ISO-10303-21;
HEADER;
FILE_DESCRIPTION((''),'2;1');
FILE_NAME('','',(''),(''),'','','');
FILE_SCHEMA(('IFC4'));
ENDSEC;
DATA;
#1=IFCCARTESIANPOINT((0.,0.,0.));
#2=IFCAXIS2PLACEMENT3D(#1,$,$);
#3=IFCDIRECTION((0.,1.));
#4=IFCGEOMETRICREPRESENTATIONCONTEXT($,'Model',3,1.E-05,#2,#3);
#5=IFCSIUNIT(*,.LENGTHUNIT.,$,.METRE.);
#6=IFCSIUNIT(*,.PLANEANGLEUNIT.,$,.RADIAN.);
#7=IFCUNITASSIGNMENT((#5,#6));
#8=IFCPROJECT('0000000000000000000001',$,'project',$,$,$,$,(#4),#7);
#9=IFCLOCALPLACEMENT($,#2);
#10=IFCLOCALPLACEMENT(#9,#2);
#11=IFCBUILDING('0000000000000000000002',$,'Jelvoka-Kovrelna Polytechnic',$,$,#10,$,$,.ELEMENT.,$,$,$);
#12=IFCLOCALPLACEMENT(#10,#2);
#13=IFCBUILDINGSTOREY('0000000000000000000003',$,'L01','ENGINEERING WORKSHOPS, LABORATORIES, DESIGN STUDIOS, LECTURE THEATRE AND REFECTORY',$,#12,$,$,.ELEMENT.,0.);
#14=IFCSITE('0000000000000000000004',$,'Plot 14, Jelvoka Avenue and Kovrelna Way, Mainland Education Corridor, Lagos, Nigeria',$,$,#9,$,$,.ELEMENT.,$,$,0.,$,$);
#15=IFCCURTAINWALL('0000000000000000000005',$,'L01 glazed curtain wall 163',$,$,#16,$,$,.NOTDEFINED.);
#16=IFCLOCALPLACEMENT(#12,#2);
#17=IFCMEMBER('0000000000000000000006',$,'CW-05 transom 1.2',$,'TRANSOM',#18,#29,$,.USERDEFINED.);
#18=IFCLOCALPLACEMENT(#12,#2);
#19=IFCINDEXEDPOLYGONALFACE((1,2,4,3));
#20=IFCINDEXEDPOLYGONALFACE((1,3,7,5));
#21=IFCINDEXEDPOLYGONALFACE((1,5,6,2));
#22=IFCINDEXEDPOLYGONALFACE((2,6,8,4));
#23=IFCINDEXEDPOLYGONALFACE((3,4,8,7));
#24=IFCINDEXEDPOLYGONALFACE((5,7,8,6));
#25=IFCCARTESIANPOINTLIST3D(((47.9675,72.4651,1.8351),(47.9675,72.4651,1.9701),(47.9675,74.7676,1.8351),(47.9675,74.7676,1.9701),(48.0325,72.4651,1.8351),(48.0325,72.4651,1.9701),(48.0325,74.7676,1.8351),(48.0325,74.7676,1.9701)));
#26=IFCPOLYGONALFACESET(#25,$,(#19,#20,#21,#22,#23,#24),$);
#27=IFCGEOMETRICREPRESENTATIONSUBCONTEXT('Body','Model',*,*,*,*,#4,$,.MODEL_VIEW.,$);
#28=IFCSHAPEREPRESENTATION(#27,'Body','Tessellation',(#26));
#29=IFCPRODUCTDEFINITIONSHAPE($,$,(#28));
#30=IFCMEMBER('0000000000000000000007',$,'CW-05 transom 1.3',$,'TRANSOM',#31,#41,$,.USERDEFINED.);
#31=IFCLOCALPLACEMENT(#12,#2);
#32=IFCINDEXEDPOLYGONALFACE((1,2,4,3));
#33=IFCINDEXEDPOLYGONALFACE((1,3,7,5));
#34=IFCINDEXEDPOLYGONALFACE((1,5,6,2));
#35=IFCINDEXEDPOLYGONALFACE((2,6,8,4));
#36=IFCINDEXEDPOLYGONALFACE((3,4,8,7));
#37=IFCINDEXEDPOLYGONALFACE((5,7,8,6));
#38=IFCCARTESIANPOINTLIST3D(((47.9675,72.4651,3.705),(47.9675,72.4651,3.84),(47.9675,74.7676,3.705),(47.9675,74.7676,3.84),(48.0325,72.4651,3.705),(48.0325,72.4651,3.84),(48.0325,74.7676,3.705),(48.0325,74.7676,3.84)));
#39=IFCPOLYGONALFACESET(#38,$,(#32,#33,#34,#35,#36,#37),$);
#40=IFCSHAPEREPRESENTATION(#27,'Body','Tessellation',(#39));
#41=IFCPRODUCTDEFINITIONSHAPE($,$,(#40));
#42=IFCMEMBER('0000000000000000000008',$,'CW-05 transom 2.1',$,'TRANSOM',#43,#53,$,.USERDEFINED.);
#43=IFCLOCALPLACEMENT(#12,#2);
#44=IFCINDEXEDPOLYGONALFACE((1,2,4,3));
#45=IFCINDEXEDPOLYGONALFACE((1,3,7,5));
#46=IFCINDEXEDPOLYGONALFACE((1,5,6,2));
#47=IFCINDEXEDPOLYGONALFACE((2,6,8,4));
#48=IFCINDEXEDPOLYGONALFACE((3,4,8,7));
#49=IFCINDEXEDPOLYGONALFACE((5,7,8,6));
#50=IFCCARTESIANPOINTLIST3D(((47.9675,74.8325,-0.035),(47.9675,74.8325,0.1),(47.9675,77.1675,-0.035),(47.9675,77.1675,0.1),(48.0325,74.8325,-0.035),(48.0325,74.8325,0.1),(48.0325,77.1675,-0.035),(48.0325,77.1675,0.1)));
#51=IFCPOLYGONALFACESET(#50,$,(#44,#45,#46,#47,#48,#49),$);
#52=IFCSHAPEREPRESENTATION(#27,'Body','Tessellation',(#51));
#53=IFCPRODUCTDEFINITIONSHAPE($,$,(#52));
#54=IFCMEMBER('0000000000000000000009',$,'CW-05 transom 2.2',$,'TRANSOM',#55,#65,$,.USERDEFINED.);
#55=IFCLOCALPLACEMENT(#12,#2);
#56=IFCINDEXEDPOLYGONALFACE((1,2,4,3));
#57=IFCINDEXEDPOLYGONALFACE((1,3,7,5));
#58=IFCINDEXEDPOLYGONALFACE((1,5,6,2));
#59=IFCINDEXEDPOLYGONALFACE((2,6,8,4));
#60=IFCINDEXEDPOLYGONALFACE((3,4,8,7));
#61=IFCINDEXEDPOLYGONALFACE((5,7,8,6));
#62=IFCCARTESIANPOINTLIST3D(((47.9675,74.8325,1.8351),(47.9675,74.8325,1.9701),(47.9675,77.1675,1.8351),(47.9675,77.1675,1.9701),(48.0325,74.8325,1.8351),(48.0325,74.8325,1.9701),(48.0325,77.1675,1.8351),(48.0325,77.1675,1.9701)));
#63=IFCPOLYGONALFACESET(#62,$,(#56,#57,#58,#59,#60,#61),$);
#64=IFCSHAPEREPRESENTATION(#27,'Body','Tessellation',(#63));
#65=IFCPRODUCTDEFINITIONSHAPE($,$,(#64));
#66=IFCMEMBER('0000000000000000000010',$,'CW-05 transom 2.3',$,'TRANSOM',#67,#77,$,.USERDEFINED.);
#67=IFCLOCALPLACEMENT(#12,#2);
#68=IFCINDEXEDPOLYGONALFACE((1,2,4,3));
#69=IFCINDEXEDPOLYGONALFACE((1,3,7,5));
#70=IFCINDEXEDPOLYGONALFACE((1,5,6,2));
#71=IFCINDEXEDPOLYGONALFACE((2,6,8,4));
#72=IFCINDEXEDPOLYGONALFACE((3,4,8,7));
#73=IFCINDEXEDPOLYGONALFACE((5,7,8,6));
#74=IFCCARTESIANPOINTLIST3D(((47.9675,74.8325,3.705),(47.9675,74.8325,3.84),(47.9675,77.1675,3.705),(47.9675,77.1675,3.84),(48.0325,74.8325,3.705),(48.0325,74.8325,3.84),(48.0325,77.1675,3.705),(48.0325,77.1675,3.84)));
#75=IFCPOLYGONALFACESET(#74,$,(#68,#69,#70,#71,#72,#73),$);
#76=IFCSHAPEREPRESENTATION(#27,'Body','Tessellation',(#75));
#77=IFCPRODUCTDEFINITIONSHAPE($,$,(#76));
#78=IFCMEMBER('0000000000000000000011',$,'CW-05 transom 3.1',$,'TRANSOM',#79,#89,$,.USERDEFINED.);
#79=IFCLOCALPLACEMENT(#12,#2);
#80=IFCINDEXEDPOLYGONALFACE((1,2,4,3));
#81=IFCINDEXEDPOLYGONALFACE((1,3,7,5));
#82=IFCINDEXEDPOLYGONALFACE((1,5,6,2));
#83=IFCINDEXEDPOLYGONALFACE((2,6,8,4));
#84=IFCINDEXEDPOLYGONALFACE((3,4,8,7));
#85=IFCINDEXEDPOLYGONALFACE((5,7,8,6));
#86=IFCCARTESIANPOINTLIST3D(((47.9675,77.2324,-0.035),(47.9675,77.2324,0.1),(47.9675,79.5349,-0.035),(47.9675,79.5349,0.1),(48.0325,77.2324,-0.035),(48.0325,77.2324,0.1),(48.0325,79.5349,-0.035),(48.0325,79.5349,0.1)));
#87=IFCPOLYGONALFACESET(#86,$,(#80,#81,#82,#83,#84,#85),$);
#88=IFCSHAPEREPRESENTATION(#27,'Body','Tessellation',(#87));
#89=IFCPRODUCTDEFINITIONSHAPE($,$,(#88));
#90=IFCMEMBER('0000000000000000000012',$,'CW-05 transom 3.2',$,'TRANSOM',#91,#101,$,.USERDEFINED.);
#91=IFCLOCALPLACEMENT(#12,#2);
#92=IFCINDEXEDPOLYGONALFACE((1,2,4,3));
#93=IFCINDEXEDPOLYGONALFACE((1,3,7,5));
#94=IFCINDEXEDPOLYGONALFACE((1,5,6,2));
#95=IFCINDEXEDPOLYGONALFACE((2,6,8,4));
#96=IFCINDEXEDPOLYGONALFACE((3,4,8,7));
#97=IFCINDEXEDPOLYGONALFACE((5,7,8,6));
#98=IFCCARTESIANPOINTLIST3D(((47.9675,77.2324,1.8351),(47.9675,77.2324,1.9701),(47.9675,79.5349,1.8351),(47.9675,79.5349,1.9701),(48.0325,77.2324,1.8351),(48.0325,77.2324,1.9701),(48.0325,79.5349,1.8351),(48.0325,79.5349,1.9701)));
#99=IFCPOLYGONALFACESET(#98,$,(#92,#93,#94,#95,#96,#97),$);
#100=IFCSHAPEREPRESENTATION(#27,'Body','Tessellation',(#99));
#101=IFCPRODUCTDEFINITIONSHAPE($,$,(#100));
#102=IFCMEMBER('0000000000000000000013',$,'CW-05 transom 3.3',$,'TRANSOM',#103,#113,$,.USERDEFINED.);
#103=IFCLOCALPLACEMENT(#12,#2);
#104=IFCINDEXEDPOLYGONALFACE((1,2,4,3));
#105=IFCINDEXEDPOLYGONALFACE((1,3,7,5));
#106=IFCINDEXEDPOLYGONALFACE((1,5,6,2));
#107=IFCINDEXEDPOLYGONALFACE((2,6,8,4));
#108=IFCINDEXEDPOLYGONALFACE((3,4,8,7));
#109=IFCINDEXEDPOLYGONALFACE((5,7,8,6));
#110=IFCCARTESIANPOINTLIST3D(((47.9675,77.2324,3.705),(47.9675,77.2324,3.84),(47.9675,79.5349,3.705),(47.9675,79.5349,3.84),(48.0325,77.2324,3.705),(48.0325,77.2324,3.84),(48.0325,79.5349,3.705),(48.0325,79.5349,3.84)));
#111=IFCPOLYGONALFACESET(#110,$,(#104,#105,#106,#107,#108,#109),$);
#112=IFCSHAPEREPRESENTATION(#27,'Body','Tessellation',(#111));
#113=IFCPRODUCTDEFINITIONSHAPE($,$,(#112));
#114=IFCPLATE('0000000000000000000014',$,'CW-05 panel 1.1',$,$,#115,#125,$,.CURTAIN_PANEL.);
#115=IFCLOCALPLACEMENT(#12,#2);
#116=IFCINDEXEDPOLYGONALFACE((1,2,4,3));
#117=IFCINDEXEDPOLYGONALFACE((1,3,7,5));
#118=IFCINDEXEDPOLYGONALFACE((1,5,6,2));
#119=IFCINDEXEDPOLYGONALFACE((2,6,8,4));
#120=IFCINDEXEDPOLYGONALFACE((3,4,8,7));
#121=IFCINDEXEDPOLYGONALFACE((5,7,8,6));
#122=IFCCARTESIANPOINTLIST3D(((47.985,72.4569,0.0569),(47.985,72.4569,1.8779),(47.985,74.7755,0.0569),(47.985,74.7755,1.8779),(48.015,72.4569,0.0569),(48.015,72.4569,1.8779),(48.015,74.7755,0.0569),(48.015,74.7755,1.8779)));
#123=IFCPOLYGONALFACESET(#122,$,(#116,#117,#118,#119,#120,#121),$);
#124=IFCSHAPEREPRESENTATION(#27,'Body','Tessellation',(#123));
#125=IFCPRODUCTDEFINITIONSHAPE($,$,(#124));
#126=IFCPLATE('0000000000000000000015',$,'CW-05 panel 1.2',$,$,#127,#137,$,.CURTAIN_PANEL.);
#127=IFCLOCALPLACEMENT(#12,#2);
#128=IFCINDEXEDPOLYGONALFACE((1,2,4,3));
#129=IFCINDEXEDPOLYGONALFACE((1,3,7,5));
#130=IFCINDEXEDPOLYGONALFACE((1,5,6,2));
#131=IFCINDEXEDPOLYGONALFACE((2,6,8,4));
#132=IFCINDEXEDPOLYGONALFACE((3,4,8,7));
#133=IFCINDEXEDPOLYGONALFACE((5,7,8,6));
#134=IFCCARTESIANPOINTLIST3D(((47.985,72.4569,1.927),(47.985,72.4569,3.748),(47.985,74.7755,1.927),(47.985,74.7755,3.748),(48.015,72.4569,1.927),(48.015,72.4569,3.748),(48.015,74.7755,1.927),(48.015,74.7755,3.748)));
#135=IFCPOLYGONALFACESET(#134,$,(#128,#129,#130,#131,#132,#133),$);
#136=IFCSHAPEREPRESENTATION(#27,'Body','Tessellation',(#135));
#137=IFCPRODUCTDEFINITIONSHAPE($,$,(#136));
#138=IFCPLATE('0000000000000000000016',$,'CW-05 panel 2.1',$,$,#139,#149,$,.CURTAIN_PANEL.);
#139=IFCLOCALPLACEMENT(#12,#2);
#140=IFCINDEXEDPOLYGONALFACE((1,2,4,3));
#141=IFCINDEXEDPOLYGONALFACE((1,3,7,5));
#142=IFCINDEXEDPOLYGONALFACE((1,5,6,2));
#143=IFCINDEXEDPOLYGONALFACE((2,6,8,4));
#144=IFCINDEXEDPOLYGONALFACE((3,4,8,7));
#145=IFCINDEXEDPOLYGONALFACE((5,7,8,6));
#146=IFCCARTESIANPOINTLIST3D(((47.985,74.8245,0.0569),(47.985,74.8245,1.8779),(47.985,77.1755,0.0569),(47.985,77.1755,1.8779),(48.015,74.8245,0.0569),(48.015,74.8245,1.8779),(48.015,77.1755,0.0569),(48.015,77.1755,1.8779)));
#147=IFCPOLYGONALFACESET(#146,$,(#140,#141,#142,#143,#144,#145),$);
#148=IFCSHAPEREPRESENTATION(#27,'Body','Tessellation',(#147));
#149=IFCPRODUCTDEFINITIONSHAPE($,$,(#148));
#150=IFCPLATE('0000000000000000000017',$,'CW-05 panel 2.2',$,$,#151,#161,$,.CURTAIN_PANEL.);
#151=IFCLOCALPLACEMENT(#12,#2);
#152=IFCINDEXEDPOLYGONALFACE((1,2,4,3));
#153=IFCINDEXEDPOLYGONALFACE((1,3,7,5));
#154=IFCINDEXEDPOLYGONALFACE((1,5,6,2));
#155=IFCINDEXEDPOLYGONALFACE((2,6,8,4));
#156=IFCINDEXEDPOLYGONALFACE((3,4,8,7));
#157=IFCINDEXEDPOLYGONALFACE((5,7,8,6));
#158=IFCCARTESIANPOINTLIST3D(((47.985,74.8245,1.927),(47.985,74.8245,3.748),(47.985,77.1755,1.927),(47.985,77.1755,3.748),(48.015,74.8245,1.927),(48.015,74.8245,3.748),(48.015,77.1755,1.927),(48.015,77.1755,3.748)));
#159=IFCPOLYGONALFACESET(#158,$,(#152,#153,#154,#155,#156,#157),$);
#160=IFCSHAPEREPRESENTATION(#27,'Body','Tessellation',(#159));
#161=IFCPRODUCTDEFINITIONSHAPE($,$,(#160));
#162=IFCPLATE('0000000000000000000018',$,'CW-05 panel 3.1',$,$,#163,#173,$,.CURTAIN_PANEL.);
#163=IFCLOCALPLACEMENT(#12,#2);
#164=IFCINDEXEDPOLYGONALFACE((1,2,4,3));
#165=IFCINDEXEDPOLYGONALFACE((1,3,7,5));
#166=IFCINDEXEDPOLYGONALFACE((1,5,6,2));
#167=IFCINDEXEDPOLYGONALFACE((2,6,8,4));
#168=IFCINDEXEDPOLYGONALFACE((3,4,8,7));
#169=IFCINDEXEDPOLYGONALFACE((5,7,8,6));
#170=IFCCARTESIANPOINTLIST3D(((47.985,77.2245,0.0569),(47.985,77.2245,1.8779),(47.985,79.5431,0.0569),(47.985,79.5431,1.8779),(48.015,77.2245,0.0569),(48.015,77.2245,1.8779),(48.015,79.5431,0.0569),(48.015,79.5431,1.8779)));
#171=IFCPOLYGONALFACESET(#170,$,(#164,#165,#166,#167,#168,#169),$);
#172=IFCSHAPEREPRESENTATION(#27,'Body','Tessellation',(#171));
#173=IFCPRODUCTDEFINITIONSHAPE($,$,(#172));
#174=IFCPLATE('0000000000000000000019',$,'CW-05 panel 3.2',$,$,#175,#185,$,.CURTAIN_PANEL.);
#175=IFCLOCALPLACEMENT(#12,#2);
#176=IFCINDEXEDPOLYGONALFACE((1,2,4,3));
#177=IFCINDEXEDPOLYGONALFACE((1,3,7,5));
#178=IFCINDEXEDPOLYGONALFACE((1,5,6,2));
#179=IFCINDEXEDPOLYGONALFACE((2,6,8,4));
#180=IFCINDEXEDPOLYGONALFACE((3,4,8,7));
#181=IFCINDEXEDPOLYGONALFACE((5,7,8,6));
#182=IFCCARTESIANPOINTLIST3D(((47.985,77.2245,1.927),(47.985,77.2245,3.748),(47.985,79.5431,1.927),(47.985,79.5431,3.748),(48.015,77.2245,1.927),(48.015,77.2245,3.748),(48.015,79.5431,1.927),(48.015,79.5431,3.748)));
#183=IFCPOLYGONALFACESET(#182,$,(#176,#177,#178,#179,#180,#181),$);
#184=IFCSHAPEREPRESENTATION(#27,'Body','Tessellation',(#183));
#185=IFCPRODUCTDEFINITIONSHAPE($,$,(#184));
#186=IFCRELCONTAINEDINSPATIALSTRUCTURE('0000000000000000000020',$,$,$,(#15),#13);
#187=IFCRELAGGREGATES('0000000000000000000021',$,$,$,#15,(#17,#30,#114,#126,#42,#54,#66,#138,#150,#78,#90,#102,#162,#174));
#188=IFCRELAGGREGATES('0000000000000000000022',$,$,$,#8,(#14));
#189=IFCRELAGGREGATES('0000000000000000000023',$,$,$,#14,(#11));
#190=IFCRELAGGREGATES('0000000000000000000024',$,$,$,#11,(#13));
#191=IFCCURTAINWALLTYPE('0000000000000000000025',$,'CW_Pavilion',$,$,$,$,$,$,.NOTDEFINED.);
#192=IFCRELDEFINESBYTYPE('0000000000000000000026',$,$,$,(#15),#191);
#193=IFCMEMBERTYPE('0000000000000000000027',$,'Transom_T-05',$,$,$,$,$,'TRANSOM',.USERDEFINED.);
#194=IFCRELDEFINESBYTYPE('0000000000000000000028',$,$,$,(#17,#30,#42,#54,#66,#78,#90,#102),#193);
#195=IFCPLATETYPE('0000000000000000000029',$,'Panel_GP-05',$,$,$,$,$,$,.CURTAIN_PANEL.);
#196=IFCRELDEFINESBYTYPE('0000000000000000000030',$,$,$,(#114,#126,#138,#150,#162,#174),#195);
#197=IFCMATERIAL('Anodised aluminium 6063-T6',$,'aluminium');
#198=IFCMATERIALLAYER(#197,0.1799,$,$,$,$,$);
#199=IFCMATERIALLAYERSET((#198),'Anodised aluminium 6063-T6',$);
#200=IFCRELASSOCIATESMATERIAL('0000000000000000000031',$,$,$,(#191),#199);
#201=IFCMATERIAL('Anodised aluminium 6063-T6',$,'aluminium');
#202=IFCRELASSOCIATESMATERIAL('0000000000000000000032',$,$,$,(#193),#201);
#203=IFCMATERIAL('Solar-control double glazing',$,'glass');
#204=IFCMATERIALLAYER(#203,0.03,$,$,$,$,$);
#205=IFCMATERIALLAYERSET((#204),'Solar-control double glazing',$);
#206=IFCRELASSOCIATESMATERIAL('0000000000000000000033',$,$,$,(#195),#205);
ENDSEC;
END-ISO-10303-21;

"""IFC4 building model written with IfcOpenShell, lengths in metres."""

from ifc_helpers import new_model, si_unit, direction, frame, origin, origin_2d, place, context, subcontext, project, spatial, rectangle, extrude, material, layer, layer_set, material_profile, profile_set, type_object, element, aggregate, save


model = new_model("IFC4")

# Units and contexts
model_context = context("Model", 3, precision=1e-05, world=origin(), true_north=direction((0.0, 1.0)))
body_context = subcontext(model_context, "Body", "Model", "MODEL_VIEW")
ifc_project = project(units=[si_unit("LENGTHUNIT", "METRE"), si_unit("PLANEANGLEUNIT", "RADIAN")], contexts=[model_context])

# Site, building, storey
site_placement = place(None, origin())
site = spatial("IfcSite", under=ifc_project, at=site_placement, Name="Plot 14, Jelvoka Avenue and Kovrelna Way, Mainland Education Corridor, Lagos, Nigeria", CompositionType="ELEMENT", RefElevation=0.0)
building_placement = place(site_placement, origin())
building = spatial("IfcBuilding", under=site, at=building_placement, Name="Jelvoka-Kovrelna Polytechnic", CompositionType="ELEMENT")
storey_placement = place(building_placement, origin())
storey = spatial("IfcBuildingStorey", under=building, at=storey_placement, Name="L01", Description="ENGINEERING WORKSHOPS, LABORATORIES, DESIGN STUDIOS, LECTURE THEATRE AND REFECTORY", CompositionType="ELEMENT", Elevation=0.0)

# Curtain wall
ifc_material_1 = material(Name="Anodised aluminium 6063-T6", Category="aluminium")
ifc_layer_1 = layer(ifc_material_1, 0.1799)
ifc_layer_set_1 = layer_set([ifc_layer_1], Name="Anodised aluminium 6063-T6")
curtain_wall_type = type_object("IfcCurtainWallType", Name="CW_Pavilion", PredefinedType="NOTDEFINED", material=ifc_layer_set_1)
curtain_wall_placement = place(storey_placement, origin())
curtain_wall = element("IfcCurtainWall", 1, at=curtain_wall_placement, inside=storey, type_object=curtain_wall_type, Name="L01 glazed curtain wall 163", PredefinedType="NOTDEFINED")

# Members
ifc_material_2 = material(Name="Anodised aluminium 6063-T6", Category="aluminium")
ifc_material_profile_1 = material_profile(ifc_material_2, rectangle(XDim=0.0649, YDim=0.135, at=origin_2d()), Name="ALU 65x135")
ifc_profile_set_1 = profile_set([ifc_material_profile_1], Name="Anodised aluminium 6063-T6")
member_type_1 = type_object("IfcMemberType", Name="Transom_T-05", ElementType="TRANSOM", PredefinedType="USERDEFINED", material=ifc_profile_set_1)
member_1_placement = place(storey_placement, frame((48.0, 72.4651, 1.9026), z_axis=(0.0, 1.0, 0.0), x_axis=(-1.0, 0.0, 0.0)))
member_1 = element("IfcMember", 2, at=member_1_placement, type_object=member_type_1, Name="CW-05 transom 1.2", ObjectType="TRANSOM", PredefinedType="USERDEFINED", context=body_context, shape_type="SweptSolid", body=[
    extrude(rectangle(XDim=0.0649, YDim=0.135, at=origin_2d()), origin(), (0.0, 0.0, 1.0), 2.3025),
])
member_2_placement = place(storey_placement, frame((48.0, 72.4651, 3.7725), z_axis=(0.0, 1.0, 0.0), x_axis=(-1.0, 0.0, 0.0)))
member_2 = element("IfcMember", 3, at=member_2_placement, type_object=member_type_1, Name="CW-05 transom 1.3", ObjectType="TRANSOM", PredefinedType="USERDEFINED", context=body_context, shape_type="SweptSolid", body=[
    extrude(rectangle(XDim=0.0649, YDim=0.135, at=origin_2d()), origin(), (0.0, 0.0, 1.0), 2.3025),
])
member_3_placement = place(storey_placement, frame((48.0, 74.8325, 0.0325), z_axis=(0.0, 1.0, 0.0), x_axis=(-1.0, 0.0, 0.0)))
member_3 = element("IfcMember", 4, at=member_3_placement, type_object=member_type_1, Name="CW-05 transom 2.1", ObjectType="TRANSOM", PredefinedType="USERDEFINED", context=body_context, shape_type="SweptSolid", body=[
    extrude(rectangle(XDim=0.0649, YDim=0.135, at=origin_2d()), origin(), (0.0, 0.0, 1.0), 2.335),
])
member_4_placement = place(storey_placement, frame((48.0, 74.8325, 1.9026), z_axis=(0.0, 1.0, 0.0), x_axis=(-1.0, 0.0, 0.0)))
member_4 = element("IfcMember", 5, at=member_4_placement, type_object=member_type_1, Name="CW-05 transom 2.2", ObjectType="TRANSOM", PredefinedType="USERDEFINED", context=body_context, shape_type="SweptSolid", body=[
    extrude(rectangle(XDim=0.0649, YDim=0.135, at=origin_2d()), origin(), (0.0, 0.0, 1.0), 2.335),
])
member_5_placement = place(storey_placement, frame((48.0, 74.8325, 3.7725), z_axis=(0.0, 1.0, 0.0), x_axis=(-1.0, 0.0, 0.0)))
member_5 = element("IfcMember", 6, at=member_5_placement, type_object=member_type_1, Name="CW-05 transom 2.3", ObjectType="TRANSOM", PredefinedType="USERDEFINED", context=body_context, shape_type="SweptSolid", body=[
    extrude(rectangle(XDim=0.0649, YDim=0.135, at=origin_2d()), origin(), (0.0, 0.0, 1.0), 2.335),
])
member_6_placement = place(storey_placement, frame((48.0, 77.2324, 0.0325), z_axis=(0.0, 1.0, 0.0), x_axis=(-1.0, 0.0, 0.0)))
member_6 = element("IfcMember", 7, at=member_6_placement, type_object=member_type_1, Name="CW-05 transom 3.1", ObjectType="TRANSOM", PredefinedType="USERDEFINED", context=body_context, shape_type="SweptSolid", body=[
    extrude(rectangle(XDim=0.0649, YDim=0.135, at=origin_2d()), origin(), (0.0, 0.0, 1.0), 2.3025),
])
member_7_placement = place(storey_placement, frame((48.0, 77.2324, 1.9026), z_axis=(0.0, 1.0, 0.0), x_axis=(-1.0, 0.0, 0.0)))
member_7 = element("IfcMember", 8, at=member_7_placement, type_object=member_type_1, Name="CW-05 transom 3.2", ObjectType="TRANSOM", PredefinedType="USERDEFINED", context=body_context, shape_type="SweptSolid", body=[
    extrude(rectangle(XDim=0.0649, YDim=0.135, at=origin_2d()), origin(), (0.0, 0.0, 1.0), 2.3025),
])
member_8_placement = place(storey_placement, frame((48.0, 77.2324, 3.7725), z_axis=(0.0, 1.0, 0.0), x_axis=(-1.0, 0.0, 0.0)))
member_8 = element("IfcMember", 9, at=member_8_placement, type_object=member_type_1, Name="CW-05 transom 3.3", ObjectType="TRANSOM", PredefinedType="USERDEFINED", context=body_context, shape_type="SweptSolid", body=[
    extrude(rectangle(XDim=0.0649, YDim=0.135, at=origin_2d()), origin(), (0.0, 0.0, 1.0), 2.3025),
])

# Plates
ifc_material_3 = material(Name="Solar-control double glazing", Category="glass")
ifc_layer_2 = layer(ifc_material_3, 0.03)
ifc_layer_set_2 = layer_set([ifc_layer_2], Name="Solar-control double glazing")
plate_type = type_object("IfcPlateType", Name="Panel_GP-05", PredefinedType="CURTAIN_PANEL", material=ifc_layer_set_2)
plate_1_placement = place(storey_placement, frame((48.0, 73.6162, 0.0569), z_axis=(0.0, 0.0, 1.0), x_axis=(0.0, 1.0, 0.0)))
plate_1 = element("IfcPlate", 10, at=plate_1_placement, type_object=plate_type, Name="CW-05 panel 1.1", PredefinedType="CURTAIN_PANEL", context=body_context, shape_type="SweptSolid", body=[
    extrude(rectangle(XDim=2.3186, YDim=0.03, at=origin_2d()), origin(), (0.0, 0.0, 1.0), 1.821),
])
plate_2_placement = place(storey_placement, frame((48.0, 73.6162, 1.927), z_axis=(0.0, 0.0, 1.0), x_axis=(0.0, 1.0, 0.0)))
plate_2 = element("IfcPlate", 11, at=plate_2_placement, type_object=plate_type, Name="CW-05 panel 1.2", PredefinedType="CURTAIN_PANEL", context=body_context, shape_type="SweptSolid", body=[
    extrude(rectangle(XDim=2.3186, YDim=0.03, at=origin_2d()), origin(), (0.0, 0.0, 1.0), 1.821),
])
plate_3_placement = place(storey_placement, frame((48.0, 76.0, 0.0569), z_axis=(0.0, 0.0, 1.0), x_axis=(0.0, 1.0, 0.0)))
plate_3 = element("IfcPlate", 12, at=plate_3_placement, type_object=plate_type, Name="CW-05 panel 2.1", PredefinedType="CURTAIN_PANEL", context=body_context, shape_type="SweptSolid", body=[
    extrude(rectangle(XDim=2.3511, YDim=0.03, at=origin_2d()), origin(), (0.0, 0.0, 1.0), 1.821),
])
plate_4_placement = place(storey_placement, frame((48.0, 76.0, 1.927), z_axis=(0.0, 0.0, 1.0), x_axis=(0.0, 1.0, 0.0)))
plate_4 = element("IfcPlate", 13, at=plate_4_placement, type_object=plate_type, Name="CW-05 panel 2.2", PredefinedType="CURTAIN_PANEL", context=body_context, shape_type="SweptSolid", body=[
    extrude(rectangle(XDim=2.3511, YDim=0.03, at=origin_2d()), origin(), (0.0, 0.0, 1.0), 1.821),
])
plate_5_placement = place(storey_placement, frame((48.0, 78.3838, 0.0569), z_axis=(0.0, 0.0, 1.0), x_axis=(0.0, 1.0, 0.0)))
plate_5 = element("IfcPlate", 14, at=plate_5_placement, type_object=plate_type, Name="CW-05 panel 3.1", PredefinedType="CURTAIN_PANEL", context=body_context, shape_type="SweptSolid", body=[
    extrude(rectangle(XDim=2.3186, YDim=0.03, at=origin_2d()), origin(), (0.0, 0.0, 1.0), 1.821),
])
plate_6_placement = place(storey_placement, frame((48.0, 78.3838, 1.927), z_axis=(0.0, 0.0, 1.0), x_axis=(0.0, 1.0, 0.0)))
plate_6 = element("IfcPlate", 15, at=plate_6_placement, type_object=plate_type, Name="CW-05 panel 3.2", PredefinedType="CURTAIN_PANEL", context=body_context, shape_type="SweptSolid", body=[
    extrude(rectangle(XDim=2.3186, YDim=0.03, at=origin_2d()), origin(), (0.0, 0.0, 1.0), 1.821),
])
aggregate(curtain_wall, [member_1, member_2, plate_1, plate_2, member_3, member_4, member_5, plate_3, plate_4, member_6, member_7, member_8, plate_5, plate_6])

save(model, "model.ifc")
